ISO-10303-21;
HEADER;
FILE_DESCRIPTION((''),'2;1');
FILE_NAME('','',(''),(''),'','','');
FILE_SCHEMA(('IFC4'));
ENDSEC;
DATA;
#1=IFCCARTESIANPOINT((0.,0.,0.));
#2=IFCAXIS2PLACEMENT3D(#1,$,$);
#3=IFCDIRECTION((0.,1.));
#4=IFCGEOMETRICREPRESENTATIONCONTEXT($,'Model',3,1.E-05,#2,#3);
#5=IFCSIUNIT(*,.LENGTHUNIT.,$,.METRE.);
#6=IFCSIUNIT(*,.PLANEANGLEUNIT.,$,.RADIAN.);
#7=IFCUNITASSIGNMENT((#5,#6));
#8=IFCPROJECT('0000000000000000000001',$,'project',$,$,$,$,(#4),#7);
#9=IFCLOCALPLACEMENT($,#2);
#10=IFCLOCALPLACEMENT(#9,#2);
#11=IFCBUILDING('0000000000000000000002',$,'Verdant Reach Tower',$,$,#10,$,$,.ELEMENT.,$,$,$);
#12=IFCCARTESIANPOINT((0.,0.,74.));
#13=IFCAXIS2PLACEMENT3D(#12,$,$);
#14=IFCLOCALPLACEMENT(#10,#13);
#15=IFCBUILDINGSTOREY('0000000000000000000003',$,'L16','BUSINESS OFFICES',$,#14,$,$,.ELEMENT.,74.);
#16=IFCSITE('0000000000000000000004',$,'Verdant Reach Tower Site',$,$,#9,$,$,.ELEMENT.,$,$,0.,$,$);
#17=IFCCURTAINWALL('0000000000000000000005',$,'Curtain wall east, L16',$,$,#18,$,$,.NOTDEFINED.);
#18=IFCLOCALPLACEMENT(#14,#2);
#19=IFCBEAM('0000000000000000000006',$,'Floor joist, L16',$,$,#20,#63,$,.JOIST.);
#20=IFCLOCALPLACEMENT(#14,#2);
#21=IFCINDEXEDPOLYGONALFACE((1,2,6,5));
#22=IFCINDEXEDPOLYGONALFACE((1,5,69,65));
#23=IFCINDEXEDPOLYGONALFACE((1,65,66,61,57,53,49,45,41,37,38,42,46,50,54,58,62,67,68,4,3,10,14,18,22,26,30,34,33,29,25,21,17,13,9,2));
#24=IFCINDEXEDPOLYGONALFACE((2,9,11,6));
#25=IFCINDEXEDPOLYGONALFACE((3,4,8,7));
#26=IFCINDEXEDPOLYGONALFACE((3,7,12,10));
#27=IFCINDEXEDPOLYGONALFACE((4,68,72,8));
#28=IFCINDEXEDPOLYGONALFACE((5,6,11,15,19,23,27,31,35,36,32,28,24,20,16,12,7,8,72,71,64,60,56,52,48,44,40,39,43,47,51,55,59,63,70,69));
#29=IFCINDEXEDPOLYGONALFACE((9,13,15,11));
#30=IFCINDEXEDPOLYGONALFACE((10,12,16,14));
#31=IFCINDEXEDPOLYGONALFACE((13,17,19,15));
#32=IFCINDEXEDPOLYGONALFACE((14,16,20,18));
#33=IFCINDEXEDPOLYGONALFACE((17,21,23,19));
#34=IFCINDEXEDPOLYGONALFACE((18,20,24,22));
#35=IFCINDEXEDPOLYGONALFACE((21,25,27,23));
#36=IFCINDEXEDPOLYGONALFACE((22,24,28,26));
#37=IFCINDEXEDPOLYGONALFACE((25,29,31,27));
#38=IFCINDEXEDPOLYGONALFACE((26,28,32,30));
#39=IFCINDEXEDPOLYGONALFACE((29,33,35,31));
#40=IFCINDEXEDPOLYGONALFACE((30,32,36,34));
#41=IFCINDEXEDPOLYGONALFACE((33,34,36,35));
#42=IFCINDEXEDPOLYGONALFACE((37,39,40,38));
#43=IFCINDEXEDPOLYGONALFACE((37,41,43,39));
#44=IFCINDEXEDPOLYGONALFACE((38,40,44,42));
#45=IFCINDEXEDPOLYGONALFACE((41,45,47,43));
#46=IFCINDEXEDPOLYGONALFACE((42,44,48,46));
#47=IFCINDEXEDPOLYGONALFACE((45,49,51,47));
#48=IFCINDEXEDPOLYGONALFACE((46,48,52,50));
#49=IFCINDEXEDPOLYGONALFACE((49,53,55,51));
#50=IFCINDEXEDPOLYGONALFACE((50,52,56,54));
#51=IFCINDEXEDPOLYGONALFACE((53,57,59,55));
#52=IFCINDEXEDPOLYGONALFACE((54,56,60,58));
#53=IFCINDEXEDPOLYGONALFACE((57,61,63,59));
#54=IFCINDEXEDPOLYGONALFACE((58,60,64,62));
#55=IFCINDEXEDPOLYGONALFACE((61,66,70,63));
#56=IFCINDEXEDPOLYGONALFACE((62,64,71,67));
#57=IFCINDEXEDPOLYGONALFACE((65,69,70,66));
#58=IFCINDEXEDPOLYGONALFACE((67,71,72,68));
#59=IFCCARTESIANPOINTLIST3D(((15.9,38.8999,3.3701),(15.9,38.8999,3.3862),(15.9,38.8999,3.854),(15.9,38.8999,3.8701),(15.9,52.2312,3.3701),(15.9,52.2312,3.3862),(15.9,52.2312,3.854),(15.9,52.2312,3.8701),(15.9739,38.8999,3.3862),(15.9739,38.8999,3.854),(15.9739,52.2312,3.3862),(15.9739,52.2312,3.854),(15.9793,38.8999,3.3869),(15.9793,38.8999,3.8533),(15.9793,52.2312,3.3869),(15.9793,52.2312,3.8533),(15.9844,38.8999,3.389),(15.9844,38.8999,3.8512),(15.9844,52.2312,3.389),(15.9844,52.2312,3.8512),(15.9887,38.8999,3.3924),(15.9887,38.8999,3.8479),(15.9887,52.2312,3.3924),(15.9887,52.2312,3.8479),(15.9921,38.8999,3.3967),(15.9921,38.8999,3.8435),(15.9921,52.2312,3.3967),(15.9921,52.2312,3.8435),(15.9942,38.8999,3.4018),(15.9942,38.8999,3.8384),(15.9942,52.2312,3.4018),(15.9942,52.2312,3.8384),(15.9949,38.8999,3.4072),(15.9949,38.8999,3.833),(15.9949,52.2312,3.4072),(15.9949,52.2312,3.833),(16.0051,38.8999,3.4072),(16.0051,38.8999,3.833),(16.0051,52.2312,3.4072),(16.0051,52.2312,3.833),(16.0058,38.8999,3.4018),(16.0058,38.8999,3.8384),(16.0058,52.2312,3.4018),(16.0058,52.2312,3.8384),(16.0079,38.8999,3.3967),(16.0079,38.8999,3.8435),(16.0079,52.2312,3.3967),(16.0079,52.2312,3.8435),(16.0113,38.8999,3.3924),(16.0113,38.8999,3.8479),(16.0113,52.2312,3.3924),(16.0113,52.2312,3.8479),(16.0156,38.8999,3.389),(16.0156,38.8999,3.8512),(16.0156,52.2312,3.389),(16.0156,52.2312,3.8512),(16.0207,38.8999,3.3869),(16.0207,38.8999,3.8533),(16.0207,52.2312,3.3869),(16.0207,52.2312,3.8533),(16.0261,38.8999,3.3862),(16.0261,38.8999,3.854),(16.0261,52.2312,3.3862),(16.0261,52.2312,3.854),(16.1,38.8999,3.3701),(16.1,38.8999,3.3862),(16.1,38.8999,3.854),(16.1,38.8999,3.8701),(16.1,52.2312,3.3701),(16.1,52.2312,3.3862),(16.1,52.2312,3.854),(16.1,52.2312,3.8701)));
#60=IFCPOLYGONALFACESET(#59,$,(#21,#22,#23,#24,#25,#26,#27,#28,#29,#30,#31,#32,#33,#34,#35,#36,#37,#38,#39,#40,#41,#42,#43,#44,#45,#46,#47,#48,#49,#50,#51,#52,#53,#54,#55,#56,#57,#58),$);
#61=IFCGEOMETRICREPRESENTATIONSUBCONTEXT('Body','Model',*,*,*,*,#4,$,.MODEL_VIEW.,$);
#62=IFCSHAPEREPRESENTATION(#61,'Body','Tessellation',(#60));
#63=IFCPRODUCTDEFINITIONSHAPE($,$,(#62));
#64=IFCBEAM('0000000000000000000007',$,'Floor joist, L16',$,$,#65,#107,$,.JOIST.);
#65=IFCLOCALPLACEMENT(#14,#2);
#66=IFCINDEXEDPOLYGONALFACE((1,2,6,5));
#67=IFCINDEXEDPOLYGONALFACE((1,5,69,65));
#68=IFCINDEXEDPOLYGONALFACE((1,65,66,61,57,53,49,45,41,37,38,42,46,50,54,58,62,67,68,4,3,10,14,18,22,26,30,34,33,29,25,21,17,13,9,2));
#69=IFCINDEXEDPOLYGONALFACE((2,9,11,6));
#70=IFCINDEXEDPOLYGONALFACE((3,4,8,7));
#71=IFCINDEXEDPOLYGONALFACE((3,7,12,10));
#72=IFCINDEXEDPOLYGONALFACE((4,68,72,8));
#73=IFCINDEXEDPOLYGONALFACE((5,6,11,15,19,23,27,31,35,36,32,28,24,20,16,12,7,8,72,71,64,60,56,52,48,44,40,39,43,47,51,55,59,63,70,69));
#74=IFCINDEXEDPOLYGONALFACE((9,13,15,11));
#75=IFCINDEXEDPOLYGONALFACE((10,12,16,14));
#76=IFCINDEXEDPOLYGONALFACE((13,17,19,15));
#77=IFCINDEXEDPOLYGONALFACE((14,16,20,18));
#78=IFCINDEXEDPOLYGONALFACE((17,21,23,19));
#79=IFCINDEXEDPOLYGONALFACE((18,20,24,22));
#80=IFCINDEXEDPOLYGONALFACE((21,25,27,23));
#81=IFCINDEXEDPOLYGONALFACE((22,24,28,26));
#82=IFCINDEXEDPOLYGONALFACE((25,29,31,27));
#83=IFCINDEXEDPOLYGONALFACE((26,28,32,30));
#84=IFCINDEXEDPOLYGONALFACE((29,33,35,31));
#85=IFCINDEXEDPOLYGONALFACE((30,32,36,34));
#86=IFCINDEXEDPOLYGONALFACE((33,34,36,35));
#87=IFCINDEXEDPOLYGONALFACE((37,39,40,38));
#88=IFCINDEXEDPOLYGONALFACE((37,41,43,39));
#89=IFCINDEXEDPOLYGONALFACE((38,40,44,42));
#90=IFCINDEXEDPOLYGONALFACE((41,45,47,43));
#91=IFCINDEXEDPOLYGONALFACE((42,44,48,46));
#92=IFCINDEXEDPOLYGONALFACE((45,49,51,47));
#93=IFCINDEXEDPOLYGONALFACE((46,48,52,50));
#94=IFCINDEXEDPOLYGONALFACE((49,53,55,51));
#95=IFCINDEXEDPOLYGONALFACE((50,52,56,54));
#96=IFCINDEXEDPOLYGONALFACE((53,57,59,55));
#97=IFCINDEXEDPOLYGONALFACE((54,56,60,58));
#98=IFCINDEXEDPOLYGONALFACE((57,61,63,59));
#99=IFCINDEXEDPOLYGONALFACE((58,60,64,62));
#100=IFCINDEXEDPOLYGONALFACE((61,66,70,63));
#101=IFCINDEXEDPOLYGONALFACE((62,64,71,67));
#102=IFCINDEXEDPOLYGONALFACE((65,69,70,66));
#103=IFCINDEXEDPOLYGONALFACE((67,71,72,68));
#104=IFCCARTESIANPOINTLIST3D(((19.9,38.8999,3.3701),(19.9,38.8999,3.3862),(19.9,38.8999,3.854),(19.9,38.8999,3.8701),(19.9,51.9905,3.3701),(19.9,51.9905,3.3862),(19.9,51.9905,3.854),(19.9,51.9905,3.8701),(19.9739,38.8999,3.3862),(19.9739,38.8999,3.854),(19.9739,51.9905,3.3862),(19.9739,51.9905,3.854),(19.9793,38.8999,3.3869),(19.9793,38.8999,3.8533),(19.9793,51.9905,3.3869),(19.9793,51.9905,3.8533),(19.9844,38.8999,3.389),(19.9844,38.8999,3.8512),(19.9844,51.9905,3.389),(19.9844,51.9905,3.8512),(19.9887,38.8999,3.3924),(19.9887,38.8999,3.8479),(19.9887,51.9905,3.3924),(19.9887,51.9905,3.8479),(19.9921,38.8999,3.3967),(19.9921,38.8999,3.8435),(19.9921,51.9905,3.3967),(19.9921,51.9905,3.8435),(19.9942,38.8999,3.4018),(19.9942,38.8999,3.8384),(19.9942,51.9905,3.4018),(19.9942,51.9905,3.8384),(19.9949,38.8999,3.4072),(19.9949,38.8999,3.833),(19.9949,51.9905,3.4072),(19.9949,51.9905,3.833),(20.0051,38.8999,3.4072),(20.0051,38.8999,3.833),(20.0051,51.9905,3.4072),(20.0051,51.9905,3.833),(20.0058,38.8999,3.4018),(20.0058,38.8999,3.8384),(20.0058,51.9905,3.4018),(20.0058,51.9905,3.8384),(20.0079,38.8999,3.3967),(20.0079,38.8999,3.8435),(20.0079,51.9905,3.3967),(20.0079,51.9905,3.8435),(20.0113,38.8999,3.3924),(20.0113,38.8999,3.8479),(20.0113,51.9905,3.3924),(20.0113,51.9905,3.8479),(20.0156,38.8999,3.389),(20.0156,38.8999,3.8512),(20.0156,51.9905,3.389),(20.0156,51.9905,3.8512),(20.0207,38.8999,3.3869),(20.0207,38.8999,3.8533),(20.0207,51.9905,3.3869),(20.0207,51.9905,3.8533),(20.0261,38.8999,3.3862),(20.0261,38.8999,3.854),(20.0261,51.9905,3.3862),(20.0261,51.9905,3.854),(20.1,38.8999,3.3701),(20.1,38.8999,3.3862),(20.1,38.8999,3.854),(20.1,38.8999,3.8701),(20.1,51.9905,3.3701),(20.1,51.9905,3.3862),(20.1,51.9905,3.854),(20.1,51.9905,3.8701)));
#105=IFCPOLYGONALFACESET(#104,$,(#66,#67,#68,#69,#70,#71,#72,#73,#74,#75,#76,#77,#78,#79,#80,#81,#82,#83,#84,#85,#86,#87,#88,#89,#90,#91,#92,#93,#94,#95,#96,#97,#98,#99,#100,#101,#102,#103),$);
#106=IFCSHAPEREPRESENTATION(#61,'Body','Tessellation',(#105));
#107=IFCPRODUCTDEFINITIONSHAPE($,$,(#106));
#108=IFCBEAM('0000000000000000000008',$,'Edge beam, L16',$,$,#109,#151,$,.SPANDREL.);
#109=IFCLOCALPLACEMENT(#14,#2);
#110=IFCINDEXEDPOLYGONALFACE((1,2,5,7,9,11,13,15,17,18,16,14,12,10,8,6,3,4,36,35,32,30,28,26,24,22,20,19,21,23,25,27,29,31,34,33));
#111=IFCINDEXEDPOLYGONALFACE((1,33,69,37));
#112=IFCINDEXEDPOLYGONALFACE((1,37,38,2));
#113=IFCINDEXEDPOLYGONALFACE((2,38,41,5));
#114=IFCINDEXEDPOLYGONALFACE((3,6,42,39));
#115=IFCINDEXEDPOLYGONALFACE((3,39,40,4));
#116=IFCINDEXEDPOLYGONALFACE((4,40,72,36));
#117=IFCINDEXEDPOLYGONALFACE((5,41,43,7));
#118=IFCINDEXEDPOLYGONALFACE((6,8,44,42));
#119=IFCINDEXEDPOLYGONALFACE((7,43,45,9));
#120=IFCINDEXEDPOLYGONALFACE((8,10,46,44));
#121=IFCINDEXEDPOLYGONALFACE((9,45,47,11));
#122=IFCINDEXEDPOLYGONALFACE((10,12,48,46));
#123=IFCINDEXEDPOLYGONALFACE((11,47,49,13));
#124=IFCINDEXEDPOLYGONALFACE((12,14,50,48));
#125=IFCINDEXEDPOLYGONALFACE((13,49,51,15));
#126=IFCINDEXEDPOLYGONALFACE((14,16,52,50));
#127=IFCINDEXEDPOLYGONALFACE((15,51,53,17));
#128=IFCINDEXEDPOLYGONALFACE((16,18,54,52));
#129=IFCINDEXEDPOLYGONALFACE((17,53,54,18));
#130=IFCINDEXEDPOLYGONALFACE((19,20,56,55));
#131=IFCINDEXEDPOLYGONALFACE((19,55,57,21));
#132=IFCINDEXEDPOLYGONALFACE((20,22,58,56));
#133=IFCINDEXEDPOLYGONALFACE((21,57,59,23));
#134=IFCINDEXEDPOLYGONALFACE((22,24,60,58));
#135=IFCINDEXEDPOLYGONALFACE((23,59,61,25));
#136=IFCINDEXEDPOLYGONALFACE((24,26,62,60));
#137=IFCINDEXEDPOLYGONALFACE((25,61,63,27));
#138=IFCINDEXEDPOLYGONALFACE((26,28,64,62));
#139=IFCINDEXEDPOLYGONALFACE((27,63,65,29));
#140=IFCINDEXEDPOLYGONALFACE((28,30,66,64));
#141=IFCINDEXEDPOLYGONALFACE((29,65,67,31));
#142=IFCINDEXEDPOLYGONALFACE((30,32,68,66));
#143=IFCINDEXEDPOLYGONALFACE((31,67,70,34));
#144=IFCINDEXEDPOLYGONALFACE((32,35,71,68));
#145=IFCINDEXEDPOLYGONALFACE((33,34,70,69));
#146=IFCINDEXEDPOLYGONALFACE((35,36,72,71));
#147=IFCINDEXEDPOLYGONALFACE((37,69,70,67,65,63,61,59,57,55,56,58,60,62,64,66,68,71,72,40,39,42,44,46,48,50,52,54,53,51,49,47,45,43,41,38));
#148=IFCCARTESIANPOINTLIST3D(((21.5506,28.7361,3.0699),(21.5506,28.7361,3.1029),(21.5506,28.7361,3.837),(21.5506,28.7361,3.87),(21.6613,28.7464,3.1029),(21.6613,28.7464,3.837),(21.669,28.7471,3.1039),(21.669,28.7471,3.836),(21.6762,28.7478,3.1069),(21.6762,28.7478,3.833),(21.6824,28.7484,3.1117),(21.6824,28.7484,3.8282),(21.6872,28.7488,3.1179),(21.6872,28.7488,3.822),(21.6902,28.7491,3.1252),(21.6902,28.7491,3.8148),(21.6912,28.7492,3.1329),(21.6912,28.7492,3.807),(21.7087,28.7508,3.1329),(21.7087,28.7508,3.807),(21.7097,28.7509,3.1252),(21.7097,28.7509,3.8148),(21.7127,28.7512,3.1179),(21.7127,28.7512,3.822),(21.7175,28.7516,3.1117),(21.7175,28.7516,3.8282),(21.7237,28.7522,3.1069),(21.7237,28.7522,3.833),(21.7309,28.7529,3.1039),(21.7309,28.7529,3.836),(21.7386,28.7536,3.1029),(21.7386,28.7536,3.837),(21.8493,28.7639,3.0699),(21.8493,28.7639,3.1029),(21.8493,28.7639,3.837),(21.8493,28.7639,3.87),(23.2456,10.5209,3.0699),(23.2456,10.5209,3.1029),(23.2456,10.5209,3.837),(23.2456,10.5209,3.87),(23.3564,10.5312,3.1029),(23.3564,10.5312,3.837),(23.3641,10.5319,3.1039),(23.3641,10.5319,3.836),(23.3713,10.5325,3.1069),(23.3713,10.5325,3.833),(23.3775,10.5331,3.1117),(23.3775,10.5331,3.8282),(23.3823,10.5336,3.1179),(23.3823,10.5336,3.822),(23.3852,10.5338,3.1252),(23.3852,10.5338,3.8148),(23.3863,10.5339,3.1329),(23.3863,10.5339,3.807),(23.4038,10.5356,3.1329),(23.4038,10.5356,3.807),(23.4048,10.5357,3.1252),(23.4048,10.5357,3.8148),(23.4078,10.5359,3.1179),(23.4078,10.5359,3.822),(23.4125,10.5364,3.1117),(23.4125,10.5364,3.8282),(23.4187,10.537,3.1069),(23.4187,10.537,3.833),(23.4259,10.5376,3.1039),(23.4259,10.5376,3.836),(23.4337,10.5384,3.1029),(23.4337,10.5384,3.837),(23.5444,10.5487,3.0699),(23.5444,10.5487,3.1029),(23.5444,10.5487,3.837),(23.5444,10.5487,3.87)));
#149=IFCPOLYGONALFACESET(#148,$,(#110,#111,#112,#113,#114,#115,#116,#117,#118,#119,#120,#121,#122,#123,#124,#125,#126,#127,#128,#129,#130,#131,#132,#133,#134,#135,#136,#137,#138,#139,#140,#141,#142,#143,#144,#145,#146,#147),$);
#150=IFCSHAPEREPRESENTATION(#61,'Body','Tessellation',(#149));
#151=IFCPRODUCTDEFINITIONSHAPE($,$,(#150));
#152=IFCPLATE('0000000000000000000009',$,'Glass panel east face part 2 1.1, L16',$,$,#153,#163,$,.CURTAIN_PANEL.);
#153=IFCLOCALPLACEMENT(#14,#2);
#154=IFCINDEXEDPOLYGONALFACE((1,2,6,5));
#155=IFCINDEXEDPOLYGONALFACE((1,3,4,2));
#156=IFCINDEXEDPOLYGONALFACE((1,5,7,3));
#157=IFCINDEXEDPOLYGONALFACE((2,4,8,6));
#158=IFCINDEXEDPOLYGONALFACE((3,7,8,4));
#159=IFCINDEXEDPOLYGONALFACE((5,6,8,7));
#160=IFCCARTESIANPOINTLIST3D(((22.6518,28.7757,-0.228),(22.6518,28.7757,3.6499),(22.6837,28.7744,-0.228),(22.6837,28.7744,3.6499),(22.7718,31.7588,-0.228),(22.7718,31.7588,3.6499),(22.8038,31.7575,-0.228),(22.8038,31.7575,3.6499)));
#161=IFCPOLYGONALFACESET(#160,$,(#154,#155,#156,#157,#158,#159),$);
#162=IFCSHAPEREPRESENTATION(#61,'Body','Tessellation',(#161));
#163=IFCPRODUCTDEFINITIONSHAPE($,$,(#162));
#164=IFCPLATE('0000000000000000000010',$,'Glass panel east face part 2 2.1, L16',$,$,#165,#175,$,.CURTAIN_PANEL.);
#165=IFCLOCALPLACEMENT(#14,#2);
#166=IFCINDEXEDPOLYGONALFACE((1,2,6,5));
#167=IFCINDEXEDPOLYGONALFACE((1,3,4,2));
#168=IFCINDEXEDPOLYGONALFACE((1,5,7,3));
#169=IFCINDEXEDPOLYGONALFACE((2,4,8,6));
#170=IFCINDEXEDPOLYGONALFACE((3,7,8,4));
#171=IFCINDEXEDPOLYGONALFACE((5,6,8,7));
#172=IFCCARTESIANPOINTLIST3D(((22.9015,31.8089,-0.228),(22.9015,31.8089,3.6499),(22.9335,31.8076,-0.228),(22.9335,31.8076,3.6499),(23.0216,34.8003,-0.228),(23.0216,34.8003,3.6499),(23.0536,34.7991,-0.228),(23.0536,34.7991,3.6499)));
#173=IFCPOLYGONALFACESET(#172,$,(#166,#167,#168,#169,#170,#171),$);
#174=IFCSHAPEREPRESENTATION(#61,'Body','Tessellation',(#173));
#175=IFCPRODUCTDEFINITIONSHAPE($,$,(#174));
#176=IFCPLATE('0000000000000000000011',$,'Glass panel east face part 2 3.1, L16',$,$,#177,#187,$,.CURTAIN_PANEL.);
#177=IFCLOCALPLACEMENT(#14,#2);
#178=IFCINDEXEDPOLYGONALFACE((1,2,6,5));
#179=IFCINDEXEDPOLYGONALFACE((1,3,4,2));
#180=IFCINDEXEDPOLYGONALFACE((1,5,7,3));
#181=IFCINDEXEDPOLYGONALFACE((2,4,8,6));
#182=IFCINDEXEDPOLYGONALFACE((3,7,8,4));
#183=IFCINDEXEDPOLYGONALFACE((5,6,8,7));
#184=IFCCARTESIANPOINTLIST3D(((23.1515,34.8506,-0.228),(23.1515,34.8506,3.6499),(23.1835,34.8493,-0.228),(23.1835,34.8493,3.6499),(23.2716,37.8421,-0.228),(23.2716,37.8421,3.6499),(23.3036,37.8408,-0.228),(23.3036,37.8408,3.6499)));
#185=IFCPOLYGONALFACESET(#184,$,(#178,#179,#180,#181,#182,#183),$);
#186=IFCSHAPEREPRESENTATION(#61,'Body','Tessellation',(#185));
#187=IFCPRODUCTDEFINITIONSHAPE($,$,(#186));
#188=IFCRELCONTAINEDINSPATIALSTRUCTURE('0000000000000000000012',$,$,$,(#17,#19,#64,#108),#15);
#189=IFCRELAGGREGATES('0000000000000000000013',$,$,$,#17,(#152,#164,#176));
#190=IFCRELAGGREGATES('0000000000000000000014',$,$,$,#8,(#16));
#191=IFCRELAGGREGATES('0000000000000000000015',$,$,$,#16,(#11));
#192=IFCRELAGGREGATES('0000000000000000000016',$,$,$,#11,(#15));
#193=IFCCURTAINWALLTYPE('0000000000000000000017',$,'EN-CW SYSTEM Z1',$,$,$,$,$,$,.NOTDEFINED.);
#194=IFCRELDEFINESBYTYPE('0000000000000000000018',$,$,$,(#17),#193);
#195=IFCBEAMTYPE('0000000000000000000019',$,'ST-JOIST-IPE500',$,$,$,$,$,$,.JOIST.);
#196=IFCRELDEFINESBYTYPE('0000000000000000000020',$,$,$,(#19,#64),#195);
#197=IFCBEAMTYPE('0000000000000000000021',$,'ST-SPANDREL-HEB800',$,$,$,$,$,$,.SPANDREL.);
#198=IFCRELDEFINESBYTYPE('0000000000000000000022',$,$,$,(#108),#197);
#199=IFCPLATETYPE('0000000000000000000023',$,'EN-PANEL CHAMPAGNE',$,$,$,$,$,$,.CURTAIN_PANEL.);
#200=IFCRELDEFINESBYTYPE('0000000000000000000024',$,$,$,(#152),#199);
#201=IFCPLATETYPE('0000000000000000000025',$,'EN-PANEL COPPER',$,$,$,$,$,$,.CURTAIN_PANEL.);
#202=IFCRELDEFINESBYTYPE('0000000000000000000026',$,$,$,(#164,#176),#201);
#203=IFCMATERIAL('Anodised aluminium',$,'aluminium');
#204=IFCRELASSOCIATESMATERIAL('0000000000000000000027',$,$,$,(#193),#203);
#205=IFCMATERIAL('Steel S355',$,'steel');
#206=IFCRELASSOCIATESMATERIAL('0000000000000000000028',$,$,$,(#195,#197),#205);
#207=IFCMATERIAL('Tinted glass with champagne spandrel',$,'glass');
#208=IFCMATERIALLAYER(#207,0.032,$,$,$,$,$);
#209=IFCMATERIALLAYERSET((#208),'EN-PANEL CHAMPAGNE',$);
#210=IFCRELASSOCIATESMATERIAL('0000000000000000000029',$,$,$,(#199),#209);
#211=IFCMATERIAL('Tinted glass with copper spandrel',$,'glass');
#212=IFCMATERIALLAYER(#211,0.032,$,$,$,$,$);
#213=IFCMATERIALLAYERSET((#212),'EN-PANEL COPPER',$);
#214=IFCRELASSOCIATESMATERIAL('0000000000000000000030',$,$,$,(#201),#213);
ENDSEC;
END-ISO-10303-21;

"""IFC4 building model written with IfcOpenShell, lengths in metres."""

from ifc_helpers import new_model, si_unit, direction, frame, origin, origin_2d, place, context, subcontext, project, spatial, rectangle, i_section, extrude, material, layer, layer_set, material_profile, profile_set, type_object, element, aggregate, save


model = new_model("IFC4")

# Units and contexts
model_context = context("Model", 3, precision=1e-05, world=origin(), true_north=direction((0.0, 1.0)))
body_context = subcontext(model_context, "Body", "Model", "MODEL_VIEW")
ifc_project = project(units=[si_unit("LENGTHUNIT", "METRE"), si_unit("PLANEANGLEUNIT", "RADIAN")], contexts=[model_context])

# Site, building, storey
site_placement = place(None, origin())
site = spatial("IfcSite", under=ifc_project, at=site_placement, Name="Verdant Reach Tower Site", CompositionType="ELEMENT", RefElevation=0.0)
building_placement = place(site_placement, origin())
building = spatial("IfcBuilding", under=site, at=building_placement, Name="Verdant Reach Tower", CompositionType="ELEMENT")
storey_placement = place(building_placement, frame((0.0, 0.0, 74.0)))
storey = spatial("IfcBuildingStorey", under=building, at=storey_placement, Name="L16", Description="BUSINESS OFFICES", CompositionType="ELEMENT", Elevation=74.0)

# Curtain wall
ifc_material_1 = material(Name="Anodised aluminium", Category="aluminium")
curtain_wall_type = type_object("IfcCurtainWallType", Name="EN-CW SYSTEM Z1", PredefinedType="NOTDEFINED", material=ifc_material_1)
curtain_wall_placement = place(storey_placement, origin())
curtain_wall = element("IfcCurtainWall", 1, at=curtain_wall_placement, inside=storey, type_object=curtain_wall_type, Name="Curtain wall east, L16", PredefinedType="NOTDEFINED")

# Beams
ifc_material_2 = material(Name="Steel S355", Category="steel")
ifc_material_profile_1 = material_profile(ifc_material_2, i_section(OverallWidth=0.2, OverallDepth=0.5, WebThickness=0.0103, FlangeThickness=0.0161, FilletRadius=0.021, at=origin_2d()), Name="IPE 500")
ifc_profile_set_1 = profile_set([ifc_material_profile_1], Name="Steel S355")
beam_type_1 = type_object("IfcBeamType", Name="ST-JOIST-IPE500", PredefinedType="JOIST", material=ifc_profile_set_1)
beam_1_placement = place(storey_placement, frame((16.0, 38.8999, 3.6201), z_axis=(0.0, 1.0, 0.0), x_axis=(-1.0, 0.0, 0.0)))
element("IfcBeam", 2, at=beam_1_placement, inside=storey, type_object=beam_type_1, Name="Floor joist, L16", PredefinedType="JOIST", context=body_context, shape_type="SweptSolid", body=[
    extrude(i_section(OverallWidth=0.2, OverallDepth=0.5, WebThickness=0.0103, FlangeThickness=0.0161, FilletRadius=0.021, at=origin_2d()), origin(), (0.0, 0.0, 1.0), 13.3313),
])
beam_2_placement = place(storey_placement, frame((20.0, 38.8999, 3.6201), z_axis=(0.0, 1.0, 0.0), x_axis=(-1.0, 0.0, 0.0)))
element("IfcBeam", 3, at=beam_2_placement, inside=storey, type_object=beam_type_1, Name="Floor joist, L16", PredefinedType="JOIST", context=body_context, shape_type="SweptSolid", body=[
    extrude(i_section(OverallWidth=0.2, OverallDepth=0.5, WebThickness=0.0103, FlangeThickness=0.0161, FilletRadius=0.021, at=origin_2d()), origin(), (0.0, 0.0, 1.0), 13.0906),
])
ifc_material_profile_2 = material_profile(ifc_material_2, i_section(OverallWidth=0.3, OverallDepth=0.8, WebThickness=0.0176, FlangeThickness=0.033, FilletRadius=0.03, at=origin_2d()), Name="HEB 800")
ifc_profile_set_2 = profile_set([ifc_material_profile_2], Name="Steel S355")
beam_type_2 = type_object("IfcBeamType", Name="ST-SPANDREL-HEB800", PredefinedType="SPANDREL", material=ifc_profile_set_2)
beam_3_placement = place(storey_placement, frame((21.7, 28.75, 3.47), z_axis=(0.092657, -0.995698, 0.0), x_axis=(0.995698, 0.092657, 0.0)))
element("IfcBeam", 4, at=beam_3_placement, inside=storey, type_object=beam_type_2, Name="Edge beam, L16", PredefinedType="SPANDREL", context=body_context, shape_type="SweptSolid", body=[
    extrude(i_section(OverallWidth=0.3, OverallDepth=0.8, WebThickness=0.0176, FlangeThickness=0.033, FilletRadius=0.03, at=origin_2d()), origin(), (0.0, 0.0, 1.0), 18.2939),
])

# Plates
ifc_material_3 = material(Name="Tinted glass with champagne spandrel", Category="glass")
ifc_layer_1 = layer(ifc_material_3, 0.032)
ifc_layer_set_1 = layer_set([ifc_layer_1], Name="EN-PANEL CHAMPAGNE")
plate_type_1 = type_object("IfcPlateType", Name="EN-PANEL CHAMPAGNE", PredefinedType="CURTAIN_PANEL", material=ifc_layer_set_1)
plate_1_placement = place(storey_placement, frame((22.7278, 30.2666, -0.228), z_axis=(0.0, 0.0, 1.0), x_axis=(0.040222, 0.999191, 0.0)))
plate_1 = element("IfcPlate", 5, at=plate_1_placement, type_object=plate_type_1, Name="Glass panel east face part 2 1.1, L16", PredefinedType="CURTAIN_PANEL", context=body_context, shape_type="SweptSolid", body=[
    extrude(rectangle(XDim=2.9856, YDim=0.032, at=origin_2d()), origin(), (0.0, 0.0, 1.0), 3.8779),
])
ifc_material_4 = material(Name="Tinted glass with copper spandrel", Category="glass")
ifc_layer_2 = layer(ifc_material_4, 0.032)
ifc_layer_set_2 = layer_set([ifc_layer_2], Name="EN-PANEL COPPER")
plate_type_2 = type_object("IfcPlateType", Name="EN-PANEL COPPER", PredefinedType="CURTAIN_PANEL", material=ifc_layer_set_2)
plate_2_placement = place(storey_placement, frame((22.9775, 33.304, -0.228), z_axis=(0.0, 0.0, 1.0), x_axis=(0.040109, 0.999195, 0.0)))
plate_2 = element("IfcPlate", 6, at=plate_2_placement, type_object=plate_type_2, Name="Glass panel east face part 2 2.1, L16", PredefinedType="CURTAIN_PANEL", context=body_context, shape_type="SweptSolid", body=[
    extrude(rectangle(XDim=2.9939, YDim=0.032, at=origin_2d()), origin(), (0.0, 0.0, 1.0), 3.8779),
])
plate_3_placement = place(storey_placement, frame((23.2275, 36.3457, -0.228), z_axis=(0.0, 0.0, 1.0), x_axis=(0.040109, 0.999195, 0.0)))
plate_3 = element("IfcPlate", 7, at=plate_3_placement, type_object=plate_type_2, Name="Glass panel east face part 2 3.1, L16", PredefinedType="CURTAIN_PANEL", context=body_context, shape_type="SweptSolid", body=[
    extrude(rectangle(XDim=2.9939, YDim=0.032, at=origin_2d()), origin(), (0.0, 0.0, 1.0), 3.8779),
])
aggregate(curtain_wall, [plate_1, plate_2, plate_3])

save(model, "model.ifc")
